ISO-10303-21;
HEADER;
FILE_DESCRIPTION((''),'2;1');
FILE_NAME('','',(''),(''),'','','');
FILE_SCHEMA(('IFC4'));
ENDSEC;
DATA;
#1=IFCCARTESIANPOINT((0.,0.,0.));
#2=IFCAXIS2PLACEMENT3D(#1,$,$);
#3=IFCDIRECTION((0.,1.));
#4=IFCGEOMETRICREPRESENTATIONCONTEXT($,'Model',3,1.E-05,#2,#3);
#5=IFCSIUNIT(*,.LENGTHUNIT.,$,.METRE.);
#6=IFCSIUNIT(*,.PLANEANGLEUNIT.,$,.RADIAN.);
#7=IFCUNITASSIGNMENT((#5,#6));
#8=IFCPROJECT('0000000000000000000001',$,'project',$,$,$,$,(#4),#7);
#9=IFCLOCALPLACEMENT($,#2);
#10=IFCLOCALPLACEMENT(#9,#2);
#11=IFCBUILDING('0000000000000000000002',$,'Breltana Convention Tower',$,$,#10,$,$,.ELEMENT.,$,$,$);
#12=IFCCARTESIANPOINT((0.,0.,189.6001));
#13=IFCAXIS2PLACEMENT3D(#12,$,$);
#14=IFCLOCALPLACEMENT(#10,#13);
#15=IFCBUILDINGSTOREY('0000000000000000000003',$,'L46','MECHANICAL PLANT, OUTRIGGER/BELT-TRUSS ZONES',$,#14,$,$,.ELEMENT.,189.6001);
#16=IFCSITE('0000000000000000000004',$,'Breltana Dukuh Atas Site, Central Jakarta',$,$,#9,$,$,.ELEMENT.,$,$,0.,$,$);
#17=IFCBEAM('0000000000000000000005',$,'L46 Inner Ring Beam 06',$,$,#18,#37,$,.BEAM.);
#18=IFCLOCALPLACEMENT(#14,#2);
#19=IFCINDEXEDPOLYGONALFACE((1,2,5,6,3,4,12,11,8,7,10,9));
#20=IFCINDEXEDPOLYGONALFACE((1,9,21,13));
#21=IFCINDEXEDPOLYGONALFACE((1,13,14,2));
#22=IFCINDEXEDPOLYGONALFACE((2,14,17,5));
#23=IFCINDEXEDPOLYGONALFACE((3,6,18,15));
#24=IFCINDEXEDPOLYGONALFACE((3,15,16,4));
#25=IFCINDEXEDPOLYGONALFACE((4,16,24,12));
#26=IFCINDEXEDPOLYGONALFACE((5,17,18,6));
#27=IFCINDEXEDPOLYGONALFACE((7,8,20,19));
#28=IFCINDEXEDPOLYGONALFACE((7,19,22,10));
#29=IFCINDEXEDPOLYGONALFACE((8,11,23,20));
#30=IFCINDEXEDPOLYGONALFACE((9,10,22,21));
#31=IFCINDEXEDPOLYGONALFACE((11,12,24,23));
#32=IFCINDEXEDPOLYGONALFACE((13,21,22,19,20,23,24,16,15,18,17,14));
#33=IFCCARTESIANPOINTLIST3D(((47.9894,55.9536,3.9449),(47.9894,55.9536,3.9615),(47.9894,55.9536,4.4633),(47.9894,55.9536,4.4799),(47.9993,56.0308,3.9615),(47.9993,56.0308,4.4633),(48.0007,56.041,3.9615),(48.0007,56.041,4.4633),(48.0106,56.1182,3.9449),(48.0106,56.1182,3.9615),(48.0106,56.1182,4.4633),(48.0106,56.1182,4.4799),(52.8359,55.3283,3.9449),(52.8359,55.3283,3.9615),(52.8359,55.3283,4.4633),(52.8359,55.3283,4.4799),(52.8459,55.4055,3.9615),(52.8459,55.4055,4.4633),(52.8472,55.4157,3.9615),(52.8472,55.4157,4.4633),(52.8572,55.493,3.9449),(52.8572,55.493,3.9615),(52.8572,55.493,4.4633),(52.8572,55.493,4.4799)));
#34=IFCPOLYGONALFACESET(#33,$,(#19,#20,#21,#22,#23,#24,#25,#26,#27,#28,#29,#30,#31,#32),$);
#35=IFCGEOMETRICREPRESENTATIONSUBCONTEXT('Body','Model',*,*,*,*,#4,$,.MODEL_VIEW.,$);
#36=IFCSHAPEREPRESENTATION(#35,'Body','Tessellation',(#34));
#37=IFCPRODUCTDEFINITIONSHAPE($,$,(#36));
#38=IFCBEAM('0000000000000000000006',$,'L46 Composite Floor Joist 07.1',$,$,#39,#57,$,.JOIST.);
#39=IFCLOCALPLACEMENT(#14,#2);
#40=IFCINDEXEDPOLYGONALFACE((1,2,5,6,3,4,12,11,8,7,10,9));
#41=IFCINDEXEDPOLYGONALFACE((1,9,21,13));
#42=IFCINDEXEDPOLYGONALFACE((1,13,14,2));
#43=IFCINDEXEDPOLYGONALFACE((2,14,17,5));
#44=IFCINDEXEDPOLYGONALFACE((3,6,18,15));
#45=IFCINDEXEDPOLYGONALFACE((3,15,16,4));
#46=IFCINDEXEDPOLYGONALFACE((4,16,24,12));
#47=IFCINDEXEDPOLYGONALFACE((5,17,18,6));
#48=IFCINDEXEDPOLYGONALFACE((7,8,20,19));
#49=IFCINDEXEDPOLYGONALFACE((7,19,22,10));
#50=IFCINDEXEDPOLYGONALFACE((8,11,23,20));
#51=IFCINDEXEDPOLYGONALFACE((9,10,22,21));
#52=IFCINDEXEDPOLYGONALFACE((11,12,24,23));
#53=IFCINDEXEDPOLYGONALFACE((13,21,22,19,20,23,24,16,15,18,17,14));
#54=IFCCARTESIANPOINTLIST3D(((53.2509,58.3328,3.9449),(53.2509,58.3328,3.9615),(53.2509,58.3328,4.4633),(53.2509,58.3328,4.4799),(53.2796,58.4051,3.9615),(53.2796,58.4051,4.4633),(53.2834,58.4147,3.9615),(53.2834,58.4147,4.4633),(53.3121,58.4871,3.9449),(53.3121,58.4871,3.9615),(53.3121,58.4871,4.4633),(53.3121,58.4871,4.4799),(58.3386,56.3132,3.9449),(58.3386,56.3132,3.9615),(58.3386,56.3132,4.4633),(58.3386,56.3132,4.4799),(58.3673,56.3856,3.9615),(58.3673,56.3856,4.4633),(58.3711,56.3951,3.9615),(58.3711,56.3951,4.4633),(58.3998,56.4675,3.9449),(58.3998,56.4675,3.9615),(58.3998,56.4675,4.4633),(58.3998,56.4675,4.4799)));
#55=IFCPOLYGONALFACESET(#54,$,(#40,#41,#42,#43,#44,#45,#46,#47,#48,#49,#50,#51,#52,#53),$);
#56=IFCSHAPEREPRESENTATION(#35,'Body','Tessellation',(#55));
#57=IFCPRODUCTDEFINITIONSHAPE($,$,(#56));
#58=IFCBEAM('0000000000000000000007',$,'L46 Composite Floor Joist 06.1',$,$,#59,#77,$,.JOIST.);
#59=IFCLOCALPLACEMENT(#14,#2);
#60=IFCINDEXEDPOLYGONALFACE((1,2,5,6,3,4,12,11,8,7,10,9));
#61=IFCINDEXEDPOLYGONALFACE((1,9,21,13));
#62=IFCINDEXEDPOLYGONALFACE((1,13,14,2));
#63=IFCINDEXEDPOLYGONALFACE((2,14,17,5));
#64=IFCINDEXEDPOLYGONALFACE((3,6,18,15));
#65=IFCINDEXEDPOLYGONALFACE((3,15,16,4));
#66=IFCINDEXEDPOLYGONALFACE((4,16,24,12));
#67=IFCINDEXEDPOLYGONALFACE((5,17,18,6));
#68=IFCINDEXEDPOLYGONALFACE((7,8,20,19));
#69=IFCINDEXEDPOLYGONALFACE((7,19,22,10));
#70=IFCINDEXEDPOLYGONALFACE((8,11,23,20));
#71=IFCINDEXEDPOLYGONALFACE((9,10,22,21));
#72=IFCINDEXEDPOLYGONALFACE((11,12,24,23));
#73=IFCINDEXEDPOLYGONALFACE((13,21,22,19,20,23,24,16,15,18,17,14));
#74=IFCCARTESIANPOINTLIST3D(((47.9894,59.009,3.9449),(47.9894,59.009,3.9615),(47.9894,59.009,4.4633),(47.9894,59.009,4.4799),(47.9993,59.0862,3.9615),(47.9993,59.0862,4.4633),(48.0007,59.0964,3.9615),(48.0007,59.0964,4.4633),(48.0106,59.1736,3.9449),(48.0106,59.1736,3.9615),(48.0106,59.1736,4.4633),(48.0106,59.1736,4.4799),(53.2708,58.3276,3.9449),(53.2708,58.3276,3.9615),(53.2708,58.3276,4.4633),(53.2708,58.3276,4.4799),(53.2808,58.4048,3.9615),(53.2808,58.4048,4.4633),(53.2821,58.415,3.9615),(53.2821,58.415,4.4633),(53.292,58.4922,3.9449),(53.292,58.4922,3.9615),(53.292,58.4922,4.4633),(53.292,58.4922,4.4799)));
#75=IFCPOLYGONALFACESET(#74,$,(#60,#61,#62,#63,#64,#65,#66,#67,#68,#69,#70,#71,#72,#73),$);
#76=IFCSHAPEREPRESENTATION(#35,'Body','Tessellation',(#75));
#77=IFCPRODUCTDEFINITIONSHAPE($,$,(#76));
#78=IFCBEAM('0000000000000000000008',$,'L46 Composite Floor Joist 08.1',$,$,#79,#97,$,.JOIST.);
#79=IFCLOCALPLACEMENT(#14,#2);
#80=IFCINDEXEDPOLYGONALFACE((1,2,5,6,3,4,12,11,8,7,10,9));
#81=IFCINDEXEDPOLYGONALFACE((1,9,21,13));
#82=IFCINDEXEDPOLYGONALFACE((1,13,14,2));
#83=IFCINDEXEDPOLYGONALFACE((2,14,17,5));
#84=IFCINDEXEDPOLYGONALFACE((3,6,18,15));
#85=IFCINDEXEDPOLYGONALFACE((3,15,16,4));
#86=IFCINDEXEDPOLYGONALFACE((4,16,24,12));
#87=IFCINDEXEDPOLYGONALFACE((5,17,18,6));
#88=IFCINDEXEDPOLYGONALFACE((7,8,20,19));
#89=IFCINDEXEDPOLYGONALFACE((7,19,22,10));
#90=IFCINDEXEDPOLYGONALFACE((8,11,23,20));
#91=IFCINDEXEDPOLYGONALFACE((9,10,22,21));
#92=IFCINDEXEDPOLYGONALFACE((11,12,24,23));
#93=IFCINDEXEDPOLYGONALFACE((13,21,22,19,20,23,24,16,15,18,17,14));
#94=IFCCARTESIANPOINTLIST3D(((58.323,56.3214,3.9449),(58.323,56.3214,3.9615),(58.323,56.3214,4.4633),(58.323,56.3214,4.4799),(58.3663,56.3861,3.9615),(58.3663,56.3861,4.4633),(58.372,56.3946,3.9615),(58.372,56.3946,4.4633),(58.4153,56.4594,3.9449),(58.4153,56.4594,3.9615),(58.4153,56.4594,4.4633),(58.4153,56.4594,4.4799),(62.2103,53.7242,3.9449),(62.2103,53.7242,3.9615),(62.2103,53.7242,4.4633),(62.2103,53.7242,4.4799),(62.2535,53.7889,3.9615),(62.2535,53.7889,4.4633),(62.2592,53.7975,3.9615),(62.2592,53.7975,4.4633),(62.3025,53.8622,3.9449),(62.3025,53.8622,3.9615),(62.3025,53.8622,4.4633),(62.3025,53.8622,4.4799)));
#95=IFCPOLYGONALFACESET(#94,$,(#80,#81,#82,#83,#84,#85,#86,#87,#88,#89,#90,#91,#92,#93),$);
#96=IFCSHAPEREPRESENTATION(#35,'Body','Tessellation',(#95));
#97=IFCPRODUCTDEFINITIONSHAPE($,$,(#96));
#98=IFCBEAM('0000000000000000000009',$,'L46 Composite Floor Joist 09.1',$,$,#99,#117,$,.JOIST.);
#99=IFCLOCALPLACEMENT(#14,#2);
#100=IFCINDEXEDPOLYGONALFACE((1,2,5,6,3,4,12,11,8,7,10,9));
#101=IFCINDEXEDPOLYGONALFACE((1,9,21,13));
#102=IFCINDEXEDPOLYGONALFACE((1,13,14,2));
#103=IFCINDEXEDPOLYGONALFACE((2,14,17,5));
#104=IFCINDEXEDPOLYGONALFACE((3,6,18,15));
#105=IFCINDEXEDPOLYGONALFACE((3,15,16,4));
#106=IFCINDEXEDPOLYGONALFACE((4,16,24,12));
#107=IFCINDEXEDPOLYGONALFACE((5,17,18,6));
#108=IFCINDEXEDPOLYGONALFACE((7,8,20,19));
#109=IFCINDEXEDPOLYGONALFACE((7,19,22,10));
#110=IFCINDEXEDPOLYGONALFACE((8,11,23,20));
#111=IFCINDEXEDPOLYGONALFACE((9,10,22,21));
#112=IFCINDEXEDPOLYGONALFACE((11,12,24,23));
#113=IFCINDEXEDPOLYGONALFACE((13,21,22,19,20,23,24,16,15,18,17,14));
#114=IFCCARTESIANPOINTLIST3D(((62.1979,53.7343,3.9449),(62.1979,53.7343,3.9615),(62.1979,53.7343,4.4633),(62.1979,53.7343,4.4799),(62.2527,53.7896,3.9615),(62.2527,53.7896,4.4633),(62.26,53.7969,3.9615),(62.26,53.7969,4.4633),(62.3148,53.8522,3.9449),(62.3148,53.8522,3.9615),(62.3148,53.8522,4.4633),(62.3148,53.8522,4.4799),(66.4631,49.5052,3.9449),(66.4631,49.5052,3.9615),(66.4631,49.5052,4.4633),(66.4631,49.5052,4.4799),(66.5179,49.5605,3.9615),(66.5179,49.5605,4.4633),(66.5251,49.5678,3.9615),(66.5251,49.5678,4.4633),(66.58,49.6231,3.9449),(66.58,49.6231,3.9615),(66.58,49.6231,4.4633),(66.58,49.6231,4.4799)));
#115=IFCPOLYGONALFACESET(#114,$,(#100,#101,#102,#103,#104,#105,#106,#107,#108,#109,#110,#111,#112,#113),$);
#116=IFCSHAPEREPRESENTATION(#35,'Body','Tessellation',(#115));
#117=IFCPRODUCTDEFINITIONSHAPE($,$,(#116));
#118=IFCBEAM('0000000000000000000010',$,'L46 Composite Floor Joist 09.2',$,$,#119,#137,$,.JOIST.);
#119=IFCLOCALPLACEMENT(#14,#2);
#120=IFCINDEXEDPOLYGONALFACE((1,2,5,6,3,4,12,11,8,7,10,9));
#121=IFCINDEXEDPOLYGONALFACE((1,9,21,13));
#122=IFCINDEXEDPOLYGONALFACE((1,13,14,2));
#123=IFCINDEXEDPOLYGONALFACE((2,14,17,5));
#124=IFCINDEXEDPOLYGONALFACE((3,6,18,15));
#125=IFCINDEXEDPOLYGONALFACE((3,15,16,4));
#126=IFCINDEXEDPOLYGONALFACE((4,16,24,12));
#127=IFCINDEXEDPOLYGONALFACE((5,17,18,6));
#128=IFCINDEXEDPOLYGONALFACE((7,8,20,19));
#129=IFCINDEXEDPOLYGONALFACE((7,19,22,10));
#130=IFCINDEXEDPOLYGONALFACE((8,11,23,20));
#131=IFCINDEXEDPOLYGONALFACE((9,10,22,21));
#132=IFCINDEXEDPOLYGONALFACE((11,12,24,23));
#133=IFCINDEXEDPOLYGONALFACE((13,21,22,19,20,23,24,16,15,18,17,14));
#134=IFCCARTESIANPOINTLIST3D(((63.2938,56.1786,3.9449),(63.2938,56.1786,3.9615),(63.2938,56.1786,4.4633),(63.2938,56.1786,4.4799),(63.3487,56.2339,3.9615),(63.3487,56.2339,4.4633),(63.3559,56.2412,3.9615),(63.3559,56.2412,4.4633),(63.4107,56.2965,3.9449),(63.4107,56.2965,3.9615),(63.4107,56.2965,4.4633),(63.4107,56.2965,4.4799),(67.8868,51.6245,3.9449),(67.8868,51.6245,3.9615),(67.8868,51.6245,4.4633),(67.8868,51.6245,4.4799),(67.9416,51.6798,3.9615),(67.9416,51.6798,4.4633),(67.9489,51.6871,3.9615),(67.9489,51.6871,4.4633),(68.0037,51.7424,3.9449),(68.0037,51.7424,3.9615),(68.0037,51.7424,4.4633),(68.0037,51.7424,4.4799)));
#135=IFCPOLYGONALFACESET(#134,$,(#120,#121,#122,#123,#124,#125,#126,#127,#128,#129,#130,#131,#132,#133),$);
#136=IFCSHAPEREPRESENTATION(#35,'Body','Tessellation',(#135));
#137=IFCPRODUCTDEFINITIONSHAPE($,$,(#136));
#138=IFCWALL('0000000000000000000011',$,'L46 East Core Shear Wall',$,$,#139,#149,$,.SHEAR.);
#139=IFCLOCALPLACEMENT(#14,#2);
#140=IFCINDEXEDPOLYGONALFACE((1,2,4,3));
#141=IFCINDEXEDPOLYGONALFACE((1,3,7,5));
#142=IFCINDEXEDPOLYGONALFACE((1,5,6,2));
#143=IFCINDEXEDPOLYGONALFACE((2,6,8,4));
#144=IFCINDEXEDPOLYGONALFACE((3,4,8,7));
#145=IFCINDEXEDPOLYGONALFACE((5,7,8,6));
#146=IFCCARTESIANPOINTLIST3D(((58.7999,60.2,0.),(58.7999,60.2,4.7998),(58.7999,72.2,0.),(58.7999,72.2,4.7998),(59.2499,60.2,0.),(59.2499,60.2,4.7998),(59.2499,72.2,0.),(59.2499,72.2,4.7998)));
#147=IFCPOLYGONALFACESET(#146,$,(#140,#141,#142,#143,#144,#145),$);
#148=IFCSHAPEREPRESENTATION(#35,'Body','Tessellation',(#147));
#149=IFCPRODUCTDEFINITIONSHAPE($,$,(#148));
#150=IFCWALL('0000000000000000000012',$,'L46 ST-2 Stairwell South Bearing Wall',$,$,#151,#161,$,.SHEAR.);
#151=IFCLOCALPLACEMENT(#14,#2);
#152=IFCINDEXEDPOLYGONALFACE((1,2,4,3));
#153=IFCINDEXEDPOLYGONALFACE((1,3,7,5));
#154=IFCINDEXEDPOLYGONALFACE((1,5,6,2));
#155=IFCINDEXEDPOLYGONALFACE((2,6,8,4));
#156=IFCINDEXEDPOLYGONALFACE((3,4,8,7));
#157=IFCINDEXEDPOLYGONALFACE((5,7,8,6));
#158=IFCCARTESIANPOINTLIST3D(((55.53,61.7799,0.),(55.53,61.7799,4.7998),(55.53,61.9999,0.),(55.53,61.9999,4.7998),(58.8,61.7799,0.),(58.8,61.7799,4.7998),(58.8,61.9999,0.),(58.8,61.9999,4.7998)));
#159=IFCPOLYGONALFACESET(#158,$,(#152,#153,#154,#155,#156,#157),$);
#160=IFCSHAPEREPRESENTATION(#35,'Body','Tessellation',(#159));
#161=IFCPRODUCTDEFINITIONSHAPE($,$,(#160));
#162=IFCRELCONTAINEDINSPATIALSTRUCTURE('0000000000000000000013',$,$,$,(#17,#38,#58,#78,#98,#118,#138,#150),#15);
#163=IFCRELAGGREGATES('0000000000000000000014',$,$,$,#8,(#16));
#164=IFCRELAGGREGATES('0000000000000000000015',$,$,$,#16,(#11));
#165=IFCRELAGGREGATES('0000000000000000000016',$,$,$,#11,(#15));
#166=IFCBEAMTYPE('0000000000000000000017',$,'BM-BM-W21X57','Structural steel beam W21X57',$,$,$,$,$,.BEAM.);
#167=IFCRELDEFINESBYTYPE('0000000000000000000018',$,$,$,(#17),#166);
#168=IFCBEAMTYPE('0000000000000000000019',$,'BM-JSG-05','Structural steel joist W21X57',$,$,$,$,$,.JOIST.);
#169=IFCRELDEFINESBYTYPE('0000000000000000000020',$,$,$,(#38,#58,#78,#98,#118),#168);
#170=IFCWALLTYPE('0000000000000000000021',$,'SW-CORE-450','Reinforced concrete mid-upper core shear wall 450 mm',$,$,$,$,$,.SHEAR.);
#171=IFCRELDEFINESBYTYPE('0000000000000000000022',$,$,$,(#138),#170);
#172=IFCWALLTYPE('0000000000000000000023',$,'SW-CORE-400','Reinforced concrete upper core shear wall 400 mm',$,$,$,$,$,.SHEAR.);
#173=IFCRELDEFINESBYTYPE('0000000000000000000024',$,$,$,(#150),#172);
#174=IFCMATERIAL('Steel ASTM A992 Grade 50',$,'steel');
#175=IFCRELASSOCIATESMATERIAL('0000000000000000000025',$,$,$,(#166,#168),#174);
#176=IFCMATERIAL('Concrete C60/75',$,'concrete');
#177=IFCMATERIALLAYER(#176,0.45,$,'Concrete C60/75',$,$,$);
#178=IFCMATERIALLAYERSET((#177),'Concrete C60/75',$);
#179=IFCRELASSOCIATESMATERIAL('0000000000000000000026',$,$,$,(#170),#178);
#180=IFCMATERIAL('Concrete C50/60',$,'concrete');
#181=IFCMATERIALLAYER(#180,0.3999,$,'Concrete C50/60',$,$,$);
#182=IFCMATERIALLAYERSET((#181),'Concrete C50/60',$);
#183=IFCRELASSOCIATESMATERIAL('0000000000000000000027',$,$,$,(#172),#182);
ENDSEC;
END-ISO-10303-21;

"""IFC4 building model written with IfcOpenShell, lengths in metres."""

from ifc_helpers import new_model, si_unit, direction, frame, frame_2d, origin, origin_2d, place, context, subcontext, project, spatial, rectangle, i_section, extrude, source, transform, mapped, material, layer, layer_set, material_profile, profile_set, type_object, type_shapes, element, save


model = new_model("IFC4")

# Units and contexts
model_context = context("Model", 3, precision=1e-05, world=origin(), true_north=direction((0.0, 1.0)))
body_context = subcontext(model_context, "Body", "Model", "MODEL_VIEW")
ifc_project = project(units=[si_unit("LENGTHUNIT", "METRE"), si_unit("PLANEANGLEUNIT", "RADIAN")], contexts=[model_context])

# Site, building, storey
site_placement = place(None, origin())
site = spatial("IfcSite", under=ifc_project, at=site_placement, Name="Breltana Dukuh Atas Site, Central Jakarta", CompositionType="ELEMENT", RefElevation=0.0)
building_placement = place(site_placement, origin())
building = spatial("IfcBuilding", under=site, at=building_placement, Name="Breltana Convention Tower", CompositionType="ELEMENT")
storey_placement = place(building_placement, frame((0.0, 0.0, 189.6001)))
storey = spatial("IfcBuildingStorey", under=building, at=storey_placement, Name="L46", Description="MECHANICAL PLANT, OUTRIGGER/BELT-TRUSS ZONES", CompositionType="ELEMENT", Elevation=189.6001)

# Shared definitions
ifc_material_1 = material(Name="Concrete C50/60", Category="concrete")

# Beams
ifc_material_2 = material(Name="Steel ASTM A992 Grade 50", Category="steel")
ifc_material_profile_1 = material_profile(ifc_material_2, i_section(OverallWidth=0.166, OverallDepth=0.5349, WebThickness=0.0103, FlangeThickness=0.0166, at=origin_2d()), Name="W21X57")
ifc_profile_set_1 = profile_set([ifc_material_profile_1], Name="Steel ASTM A992 Grade 50")
beam_type_1 = type_object("IfcBeamType", Name="BM-BM-W21X57", Description="Structural steel beam W21X57", PredefinedType="BEAM", material=ifc_profile_set_1)
shared_shape_1 = source(origin(), body_context, "Body", "SweptSolid", [
    extrude(i_section(OverallWidth=0.166, OverallDepth=0.5349, WebThickness=0.0103, FlangeThickness=0.0166, at=origin_2d()), origin(), (0.0, 0.0, 1.0), 4.8867),
])
beam_1_placement = place(storey_placement, frame((48.0, 56.0359, 4.2124), z_axis=(0.991781, -0.127951, 0.0), x_axis=(0.127951, 0.991781, 0.0)))
element("IfcBeam", 1, at=beam_1_placement, inside=storey, type_object=beam_type_1, Name="L46 Inner Ring Beam 06", PredefinedType="BEAM", context=body_context, shape_type="MappedRepresentation", body=[
    mapped(shared_shape_1, transform((0.0, 0.0, 0.0), scale=1.0)),
])
ifc_material_profile_2 = material_profile(ifc_material_2, i_section(OverallWidth=0.166, OverallDepth=0.5349, WebThickness=0.0103, FlangeThickness=0.0166, at=origin_2d()), Name="W21X57")
ifc_profile_set_2 = profile_set([ifc_material_profile_2], Name="Steel ASTM A992 Grade 50")
beam_type_2 = type_object("IfcBeamType", Name="BM-JSG-05", Description="Structural steel joist W21X57", PredefinedType="JOIST", material=ifc_profile_set_2)
shared_shape_2 = source(origin(), body_context, "Body", "SweptSolid", [
    extrude(i_section(OverallWidth=0.166, OverallDepth=0.5349, WebThickness=0.0103, FlangeThickness=0.0166, at=origin_2d()), origin(), (0.0, 0.0, 1.0), 5.4739),
])
beam_2_placement = place(storey_placement, frame((53.2815, 58.4099, 4.2124), z_axis=(0.929452, -0.368944, 0.0), x_axis=(0.368944, 0.929452, 0.0)))
element("IfcBeam", 2, at=beam_2_placement, inside=storey, type_object=beam_type_2, Name="L46 Composite Floor Joist 07.1", PredefinedType="JOIST", context=body_context, shape_type="MappedRepresentation", body=[
    mapped(shared_shape_2, transform((0.0, 0.0, 0.0), scale=1.0)),
])
shared_shape_3 = source(origin(), body_context, "Body", "SweptSolid", [
    extrude(i_section(OverallWidth=0.166, OverallDepth=0.5349, WebThickness=0.0103, FlangeThickness=0.0166, at=origin_2d()), origin(), (0.0, 0.0, 1.0), 5.3252),
])
beam_3_placement = place(storey_placement, frame((48.0, 59.0913, 4.2124), z_axis=(0.99178, -0.127955, 0.0), x_axis=(0.127955, 0.99178, 0.0)))
element("IfcBeam", 3, at=beam_3_placement, inside=storey, type_object=beam_type_2, Name="L46 Composite Floor Joist 06.1", PredefinedType="JOIST", context=body_context, shape_type="MappedRepresentation", body=[
    mapped(shared_shape_3, transform((0.0, 0.0, 0.0), scale=1.0)),
])
shared_shape_4 = source(origin(), body_context, "Body", "SweptSolid", [
    extrude(i_section(OverallWidth=0.166, OverallDepth=0.5349, WebThickness=0.0103, FlangeThickness=0.0166, at=origin_2d()), origin(), (0.0, 0.0, 1.0), 4.675),
])
beam_4_placement = place(storey_placement, frame((58.3691, 56.3904, 4.2124), z_axis=(0.831487, -0.555544, 0.0), x_axis=(0.555544, 0.831487, 0.0)))
element("IfcBeam", 4, at=beam_4_placement, inside=storey, type_object=beam_type_2, Name="L46 Composite Floor Joist 08.1", PredefinedType="JOIST", context=body_context, shape_type="MappedRepresentation", body=[
    mapped(shared_shape_4, transform((0.0, 0.0, 0.0), scale=1.0)),
])
shared_shape_5 = source(origin(), body_context, "Body", "SweptSolid", [
    extrude(i_section(OverallWidth=0.166, OverallDepth=0.5349, WebThickness=0.0103, FlangeThickness=0.0166, at=origin_2d()), origin(), (0.0, 0.0, 1.0), 6.0063),
])
beam_5_placement = place(storey_placement, frame((62.2563, 53.7932, 4.2124), z_axis=(0.710108, -0.704092, 0.0), x_axis=(0.704092, 0.710108, 0.0)))
element("IfcBeam", 5, at=beam_5_placement, inside=storey, type_object=beam_type_2, Name="L46 Composite Floor Joist 09.1", PredefinedType="JOIST", context=body_context, shape_type="MappedRepresentation", body=[
    mapped(shared_shape_5, transform((0.0, 0.0, 0.0), scale=1.0)),
])
shared_shape_6 = source(origin(), body_context, "Body", "SweptSolid", [
    extrude(i_section(OverallWidth=0.166, OverallDepth=0.5349, WebThickness=0.0103, FlangeThickness=0.0166, at=origin_2d()), origin(), (0.0, 0.0, 1.0), 6.468),
])
beam_6_placement = place(storey_placement, frame((63.3523, 56.2375, 4.2124), z_axis=(0.710101, -0.7041, 0.0), x_axis=(0.7041, 0.710101, 0.0)))
element("IfcBeam", 6, at=beam_6_placement, inside=storey, type_object=beam_type_2, Name="L46 Composite Floor Joist 09.2", PredefinedType="JOIST", context=body_context, shape_type="MappedRepresentation", body=[
    mapped(shared_shape_6, transform((0.0, 0.0, 0.0), scale=1.0)),
])

# Walls
ifc_material_3 = material(Name="Concrete C60/75", Category="concrete")
ifc_layer_1 = layer(ifc_material_3, 0.45, Name="Concrete C60/75")
ifc_layer_set_1 = layer_set([ifc_layer_1], Name="Concrete C60/75")
wall_type_1 = type_object("IfcWallType", Name="SW-CORE-450", Description="Reinforced concrete mid-upper core shear wall 450 mm", PredefinedType="SHEAR", material=ifc_layer_set_1)
shared_shape_7 = source(origin(), body_context, "Body", "SweptSolid", [
    extrude(rectangle(XDim=12.0, YDim=0.45, at=frame_2d((6.0, 0.0))), origin(), (0.0, 0.0, 1.0), 4.7998),
])
type_shapes(wall_type_1, [shared_shape_7])
wall_1_placement = place(storey_placement, frame((59.0249, 60.2, 0.0), z_axis=(0.0, 0.0, 1.0), x_axis=(0.0, 1.0, 0.0)))
element("IfcWall", 7, at=wall_1_placement, inside=storey, type_object=wall_type_1, Name="L46 East Core Shear Wall", PredefinedType="SHEAR", context=body_context, shape_type="MappedRepresentation", body=[
    mapped(shared_shape_7, transform((0.0, 0.0, 0.0), scale=1.0)),
])
ifc_layer_2 = layer(ifc_material_1, 0.3999, Name="Concrete C50/60")
ifc_layer_set_2 = layer_set([ifc_layer_2], Name="Concrete C50/60")
wall_type_2 = type_object("IfcWallType", Name="SW-CORE-400", Description="Reinforced concrete upper core shear wall 400 mm", PredefinedType="SHEAR", material=ifc_layer_set_2)
shared_shape_8 = source(origin(), body_context, "Body", "SweptSolid", [
    extrude(rectangle(XDim=3.27, YDim=0.22, at=frame_2d((1.635, 0.0))), origin(), (0.0, 0.0, 1.0), 4.7998),
])
wall_2_placement = place(storey_placement, frame((55.53, 61.8899, 0.0), z_axis=(0.0, 0.0, 1.0), x_axis=(1.0, 0.0, 0.0)))
element("IfcWall", 8, at=wall_2_placement, inside=storey, type_object=wall_type_2, Name="L46 ST-2 Stairwell South Bearing Wall", PredefinedType="SHEAR", context=body_context, shape_type="MappedRepresentation", body=[
    mapped(shared_shape_8, transform((0.0, 0.0, 0.0), scale=1.0)),
])

save(model, "model.ifc")
